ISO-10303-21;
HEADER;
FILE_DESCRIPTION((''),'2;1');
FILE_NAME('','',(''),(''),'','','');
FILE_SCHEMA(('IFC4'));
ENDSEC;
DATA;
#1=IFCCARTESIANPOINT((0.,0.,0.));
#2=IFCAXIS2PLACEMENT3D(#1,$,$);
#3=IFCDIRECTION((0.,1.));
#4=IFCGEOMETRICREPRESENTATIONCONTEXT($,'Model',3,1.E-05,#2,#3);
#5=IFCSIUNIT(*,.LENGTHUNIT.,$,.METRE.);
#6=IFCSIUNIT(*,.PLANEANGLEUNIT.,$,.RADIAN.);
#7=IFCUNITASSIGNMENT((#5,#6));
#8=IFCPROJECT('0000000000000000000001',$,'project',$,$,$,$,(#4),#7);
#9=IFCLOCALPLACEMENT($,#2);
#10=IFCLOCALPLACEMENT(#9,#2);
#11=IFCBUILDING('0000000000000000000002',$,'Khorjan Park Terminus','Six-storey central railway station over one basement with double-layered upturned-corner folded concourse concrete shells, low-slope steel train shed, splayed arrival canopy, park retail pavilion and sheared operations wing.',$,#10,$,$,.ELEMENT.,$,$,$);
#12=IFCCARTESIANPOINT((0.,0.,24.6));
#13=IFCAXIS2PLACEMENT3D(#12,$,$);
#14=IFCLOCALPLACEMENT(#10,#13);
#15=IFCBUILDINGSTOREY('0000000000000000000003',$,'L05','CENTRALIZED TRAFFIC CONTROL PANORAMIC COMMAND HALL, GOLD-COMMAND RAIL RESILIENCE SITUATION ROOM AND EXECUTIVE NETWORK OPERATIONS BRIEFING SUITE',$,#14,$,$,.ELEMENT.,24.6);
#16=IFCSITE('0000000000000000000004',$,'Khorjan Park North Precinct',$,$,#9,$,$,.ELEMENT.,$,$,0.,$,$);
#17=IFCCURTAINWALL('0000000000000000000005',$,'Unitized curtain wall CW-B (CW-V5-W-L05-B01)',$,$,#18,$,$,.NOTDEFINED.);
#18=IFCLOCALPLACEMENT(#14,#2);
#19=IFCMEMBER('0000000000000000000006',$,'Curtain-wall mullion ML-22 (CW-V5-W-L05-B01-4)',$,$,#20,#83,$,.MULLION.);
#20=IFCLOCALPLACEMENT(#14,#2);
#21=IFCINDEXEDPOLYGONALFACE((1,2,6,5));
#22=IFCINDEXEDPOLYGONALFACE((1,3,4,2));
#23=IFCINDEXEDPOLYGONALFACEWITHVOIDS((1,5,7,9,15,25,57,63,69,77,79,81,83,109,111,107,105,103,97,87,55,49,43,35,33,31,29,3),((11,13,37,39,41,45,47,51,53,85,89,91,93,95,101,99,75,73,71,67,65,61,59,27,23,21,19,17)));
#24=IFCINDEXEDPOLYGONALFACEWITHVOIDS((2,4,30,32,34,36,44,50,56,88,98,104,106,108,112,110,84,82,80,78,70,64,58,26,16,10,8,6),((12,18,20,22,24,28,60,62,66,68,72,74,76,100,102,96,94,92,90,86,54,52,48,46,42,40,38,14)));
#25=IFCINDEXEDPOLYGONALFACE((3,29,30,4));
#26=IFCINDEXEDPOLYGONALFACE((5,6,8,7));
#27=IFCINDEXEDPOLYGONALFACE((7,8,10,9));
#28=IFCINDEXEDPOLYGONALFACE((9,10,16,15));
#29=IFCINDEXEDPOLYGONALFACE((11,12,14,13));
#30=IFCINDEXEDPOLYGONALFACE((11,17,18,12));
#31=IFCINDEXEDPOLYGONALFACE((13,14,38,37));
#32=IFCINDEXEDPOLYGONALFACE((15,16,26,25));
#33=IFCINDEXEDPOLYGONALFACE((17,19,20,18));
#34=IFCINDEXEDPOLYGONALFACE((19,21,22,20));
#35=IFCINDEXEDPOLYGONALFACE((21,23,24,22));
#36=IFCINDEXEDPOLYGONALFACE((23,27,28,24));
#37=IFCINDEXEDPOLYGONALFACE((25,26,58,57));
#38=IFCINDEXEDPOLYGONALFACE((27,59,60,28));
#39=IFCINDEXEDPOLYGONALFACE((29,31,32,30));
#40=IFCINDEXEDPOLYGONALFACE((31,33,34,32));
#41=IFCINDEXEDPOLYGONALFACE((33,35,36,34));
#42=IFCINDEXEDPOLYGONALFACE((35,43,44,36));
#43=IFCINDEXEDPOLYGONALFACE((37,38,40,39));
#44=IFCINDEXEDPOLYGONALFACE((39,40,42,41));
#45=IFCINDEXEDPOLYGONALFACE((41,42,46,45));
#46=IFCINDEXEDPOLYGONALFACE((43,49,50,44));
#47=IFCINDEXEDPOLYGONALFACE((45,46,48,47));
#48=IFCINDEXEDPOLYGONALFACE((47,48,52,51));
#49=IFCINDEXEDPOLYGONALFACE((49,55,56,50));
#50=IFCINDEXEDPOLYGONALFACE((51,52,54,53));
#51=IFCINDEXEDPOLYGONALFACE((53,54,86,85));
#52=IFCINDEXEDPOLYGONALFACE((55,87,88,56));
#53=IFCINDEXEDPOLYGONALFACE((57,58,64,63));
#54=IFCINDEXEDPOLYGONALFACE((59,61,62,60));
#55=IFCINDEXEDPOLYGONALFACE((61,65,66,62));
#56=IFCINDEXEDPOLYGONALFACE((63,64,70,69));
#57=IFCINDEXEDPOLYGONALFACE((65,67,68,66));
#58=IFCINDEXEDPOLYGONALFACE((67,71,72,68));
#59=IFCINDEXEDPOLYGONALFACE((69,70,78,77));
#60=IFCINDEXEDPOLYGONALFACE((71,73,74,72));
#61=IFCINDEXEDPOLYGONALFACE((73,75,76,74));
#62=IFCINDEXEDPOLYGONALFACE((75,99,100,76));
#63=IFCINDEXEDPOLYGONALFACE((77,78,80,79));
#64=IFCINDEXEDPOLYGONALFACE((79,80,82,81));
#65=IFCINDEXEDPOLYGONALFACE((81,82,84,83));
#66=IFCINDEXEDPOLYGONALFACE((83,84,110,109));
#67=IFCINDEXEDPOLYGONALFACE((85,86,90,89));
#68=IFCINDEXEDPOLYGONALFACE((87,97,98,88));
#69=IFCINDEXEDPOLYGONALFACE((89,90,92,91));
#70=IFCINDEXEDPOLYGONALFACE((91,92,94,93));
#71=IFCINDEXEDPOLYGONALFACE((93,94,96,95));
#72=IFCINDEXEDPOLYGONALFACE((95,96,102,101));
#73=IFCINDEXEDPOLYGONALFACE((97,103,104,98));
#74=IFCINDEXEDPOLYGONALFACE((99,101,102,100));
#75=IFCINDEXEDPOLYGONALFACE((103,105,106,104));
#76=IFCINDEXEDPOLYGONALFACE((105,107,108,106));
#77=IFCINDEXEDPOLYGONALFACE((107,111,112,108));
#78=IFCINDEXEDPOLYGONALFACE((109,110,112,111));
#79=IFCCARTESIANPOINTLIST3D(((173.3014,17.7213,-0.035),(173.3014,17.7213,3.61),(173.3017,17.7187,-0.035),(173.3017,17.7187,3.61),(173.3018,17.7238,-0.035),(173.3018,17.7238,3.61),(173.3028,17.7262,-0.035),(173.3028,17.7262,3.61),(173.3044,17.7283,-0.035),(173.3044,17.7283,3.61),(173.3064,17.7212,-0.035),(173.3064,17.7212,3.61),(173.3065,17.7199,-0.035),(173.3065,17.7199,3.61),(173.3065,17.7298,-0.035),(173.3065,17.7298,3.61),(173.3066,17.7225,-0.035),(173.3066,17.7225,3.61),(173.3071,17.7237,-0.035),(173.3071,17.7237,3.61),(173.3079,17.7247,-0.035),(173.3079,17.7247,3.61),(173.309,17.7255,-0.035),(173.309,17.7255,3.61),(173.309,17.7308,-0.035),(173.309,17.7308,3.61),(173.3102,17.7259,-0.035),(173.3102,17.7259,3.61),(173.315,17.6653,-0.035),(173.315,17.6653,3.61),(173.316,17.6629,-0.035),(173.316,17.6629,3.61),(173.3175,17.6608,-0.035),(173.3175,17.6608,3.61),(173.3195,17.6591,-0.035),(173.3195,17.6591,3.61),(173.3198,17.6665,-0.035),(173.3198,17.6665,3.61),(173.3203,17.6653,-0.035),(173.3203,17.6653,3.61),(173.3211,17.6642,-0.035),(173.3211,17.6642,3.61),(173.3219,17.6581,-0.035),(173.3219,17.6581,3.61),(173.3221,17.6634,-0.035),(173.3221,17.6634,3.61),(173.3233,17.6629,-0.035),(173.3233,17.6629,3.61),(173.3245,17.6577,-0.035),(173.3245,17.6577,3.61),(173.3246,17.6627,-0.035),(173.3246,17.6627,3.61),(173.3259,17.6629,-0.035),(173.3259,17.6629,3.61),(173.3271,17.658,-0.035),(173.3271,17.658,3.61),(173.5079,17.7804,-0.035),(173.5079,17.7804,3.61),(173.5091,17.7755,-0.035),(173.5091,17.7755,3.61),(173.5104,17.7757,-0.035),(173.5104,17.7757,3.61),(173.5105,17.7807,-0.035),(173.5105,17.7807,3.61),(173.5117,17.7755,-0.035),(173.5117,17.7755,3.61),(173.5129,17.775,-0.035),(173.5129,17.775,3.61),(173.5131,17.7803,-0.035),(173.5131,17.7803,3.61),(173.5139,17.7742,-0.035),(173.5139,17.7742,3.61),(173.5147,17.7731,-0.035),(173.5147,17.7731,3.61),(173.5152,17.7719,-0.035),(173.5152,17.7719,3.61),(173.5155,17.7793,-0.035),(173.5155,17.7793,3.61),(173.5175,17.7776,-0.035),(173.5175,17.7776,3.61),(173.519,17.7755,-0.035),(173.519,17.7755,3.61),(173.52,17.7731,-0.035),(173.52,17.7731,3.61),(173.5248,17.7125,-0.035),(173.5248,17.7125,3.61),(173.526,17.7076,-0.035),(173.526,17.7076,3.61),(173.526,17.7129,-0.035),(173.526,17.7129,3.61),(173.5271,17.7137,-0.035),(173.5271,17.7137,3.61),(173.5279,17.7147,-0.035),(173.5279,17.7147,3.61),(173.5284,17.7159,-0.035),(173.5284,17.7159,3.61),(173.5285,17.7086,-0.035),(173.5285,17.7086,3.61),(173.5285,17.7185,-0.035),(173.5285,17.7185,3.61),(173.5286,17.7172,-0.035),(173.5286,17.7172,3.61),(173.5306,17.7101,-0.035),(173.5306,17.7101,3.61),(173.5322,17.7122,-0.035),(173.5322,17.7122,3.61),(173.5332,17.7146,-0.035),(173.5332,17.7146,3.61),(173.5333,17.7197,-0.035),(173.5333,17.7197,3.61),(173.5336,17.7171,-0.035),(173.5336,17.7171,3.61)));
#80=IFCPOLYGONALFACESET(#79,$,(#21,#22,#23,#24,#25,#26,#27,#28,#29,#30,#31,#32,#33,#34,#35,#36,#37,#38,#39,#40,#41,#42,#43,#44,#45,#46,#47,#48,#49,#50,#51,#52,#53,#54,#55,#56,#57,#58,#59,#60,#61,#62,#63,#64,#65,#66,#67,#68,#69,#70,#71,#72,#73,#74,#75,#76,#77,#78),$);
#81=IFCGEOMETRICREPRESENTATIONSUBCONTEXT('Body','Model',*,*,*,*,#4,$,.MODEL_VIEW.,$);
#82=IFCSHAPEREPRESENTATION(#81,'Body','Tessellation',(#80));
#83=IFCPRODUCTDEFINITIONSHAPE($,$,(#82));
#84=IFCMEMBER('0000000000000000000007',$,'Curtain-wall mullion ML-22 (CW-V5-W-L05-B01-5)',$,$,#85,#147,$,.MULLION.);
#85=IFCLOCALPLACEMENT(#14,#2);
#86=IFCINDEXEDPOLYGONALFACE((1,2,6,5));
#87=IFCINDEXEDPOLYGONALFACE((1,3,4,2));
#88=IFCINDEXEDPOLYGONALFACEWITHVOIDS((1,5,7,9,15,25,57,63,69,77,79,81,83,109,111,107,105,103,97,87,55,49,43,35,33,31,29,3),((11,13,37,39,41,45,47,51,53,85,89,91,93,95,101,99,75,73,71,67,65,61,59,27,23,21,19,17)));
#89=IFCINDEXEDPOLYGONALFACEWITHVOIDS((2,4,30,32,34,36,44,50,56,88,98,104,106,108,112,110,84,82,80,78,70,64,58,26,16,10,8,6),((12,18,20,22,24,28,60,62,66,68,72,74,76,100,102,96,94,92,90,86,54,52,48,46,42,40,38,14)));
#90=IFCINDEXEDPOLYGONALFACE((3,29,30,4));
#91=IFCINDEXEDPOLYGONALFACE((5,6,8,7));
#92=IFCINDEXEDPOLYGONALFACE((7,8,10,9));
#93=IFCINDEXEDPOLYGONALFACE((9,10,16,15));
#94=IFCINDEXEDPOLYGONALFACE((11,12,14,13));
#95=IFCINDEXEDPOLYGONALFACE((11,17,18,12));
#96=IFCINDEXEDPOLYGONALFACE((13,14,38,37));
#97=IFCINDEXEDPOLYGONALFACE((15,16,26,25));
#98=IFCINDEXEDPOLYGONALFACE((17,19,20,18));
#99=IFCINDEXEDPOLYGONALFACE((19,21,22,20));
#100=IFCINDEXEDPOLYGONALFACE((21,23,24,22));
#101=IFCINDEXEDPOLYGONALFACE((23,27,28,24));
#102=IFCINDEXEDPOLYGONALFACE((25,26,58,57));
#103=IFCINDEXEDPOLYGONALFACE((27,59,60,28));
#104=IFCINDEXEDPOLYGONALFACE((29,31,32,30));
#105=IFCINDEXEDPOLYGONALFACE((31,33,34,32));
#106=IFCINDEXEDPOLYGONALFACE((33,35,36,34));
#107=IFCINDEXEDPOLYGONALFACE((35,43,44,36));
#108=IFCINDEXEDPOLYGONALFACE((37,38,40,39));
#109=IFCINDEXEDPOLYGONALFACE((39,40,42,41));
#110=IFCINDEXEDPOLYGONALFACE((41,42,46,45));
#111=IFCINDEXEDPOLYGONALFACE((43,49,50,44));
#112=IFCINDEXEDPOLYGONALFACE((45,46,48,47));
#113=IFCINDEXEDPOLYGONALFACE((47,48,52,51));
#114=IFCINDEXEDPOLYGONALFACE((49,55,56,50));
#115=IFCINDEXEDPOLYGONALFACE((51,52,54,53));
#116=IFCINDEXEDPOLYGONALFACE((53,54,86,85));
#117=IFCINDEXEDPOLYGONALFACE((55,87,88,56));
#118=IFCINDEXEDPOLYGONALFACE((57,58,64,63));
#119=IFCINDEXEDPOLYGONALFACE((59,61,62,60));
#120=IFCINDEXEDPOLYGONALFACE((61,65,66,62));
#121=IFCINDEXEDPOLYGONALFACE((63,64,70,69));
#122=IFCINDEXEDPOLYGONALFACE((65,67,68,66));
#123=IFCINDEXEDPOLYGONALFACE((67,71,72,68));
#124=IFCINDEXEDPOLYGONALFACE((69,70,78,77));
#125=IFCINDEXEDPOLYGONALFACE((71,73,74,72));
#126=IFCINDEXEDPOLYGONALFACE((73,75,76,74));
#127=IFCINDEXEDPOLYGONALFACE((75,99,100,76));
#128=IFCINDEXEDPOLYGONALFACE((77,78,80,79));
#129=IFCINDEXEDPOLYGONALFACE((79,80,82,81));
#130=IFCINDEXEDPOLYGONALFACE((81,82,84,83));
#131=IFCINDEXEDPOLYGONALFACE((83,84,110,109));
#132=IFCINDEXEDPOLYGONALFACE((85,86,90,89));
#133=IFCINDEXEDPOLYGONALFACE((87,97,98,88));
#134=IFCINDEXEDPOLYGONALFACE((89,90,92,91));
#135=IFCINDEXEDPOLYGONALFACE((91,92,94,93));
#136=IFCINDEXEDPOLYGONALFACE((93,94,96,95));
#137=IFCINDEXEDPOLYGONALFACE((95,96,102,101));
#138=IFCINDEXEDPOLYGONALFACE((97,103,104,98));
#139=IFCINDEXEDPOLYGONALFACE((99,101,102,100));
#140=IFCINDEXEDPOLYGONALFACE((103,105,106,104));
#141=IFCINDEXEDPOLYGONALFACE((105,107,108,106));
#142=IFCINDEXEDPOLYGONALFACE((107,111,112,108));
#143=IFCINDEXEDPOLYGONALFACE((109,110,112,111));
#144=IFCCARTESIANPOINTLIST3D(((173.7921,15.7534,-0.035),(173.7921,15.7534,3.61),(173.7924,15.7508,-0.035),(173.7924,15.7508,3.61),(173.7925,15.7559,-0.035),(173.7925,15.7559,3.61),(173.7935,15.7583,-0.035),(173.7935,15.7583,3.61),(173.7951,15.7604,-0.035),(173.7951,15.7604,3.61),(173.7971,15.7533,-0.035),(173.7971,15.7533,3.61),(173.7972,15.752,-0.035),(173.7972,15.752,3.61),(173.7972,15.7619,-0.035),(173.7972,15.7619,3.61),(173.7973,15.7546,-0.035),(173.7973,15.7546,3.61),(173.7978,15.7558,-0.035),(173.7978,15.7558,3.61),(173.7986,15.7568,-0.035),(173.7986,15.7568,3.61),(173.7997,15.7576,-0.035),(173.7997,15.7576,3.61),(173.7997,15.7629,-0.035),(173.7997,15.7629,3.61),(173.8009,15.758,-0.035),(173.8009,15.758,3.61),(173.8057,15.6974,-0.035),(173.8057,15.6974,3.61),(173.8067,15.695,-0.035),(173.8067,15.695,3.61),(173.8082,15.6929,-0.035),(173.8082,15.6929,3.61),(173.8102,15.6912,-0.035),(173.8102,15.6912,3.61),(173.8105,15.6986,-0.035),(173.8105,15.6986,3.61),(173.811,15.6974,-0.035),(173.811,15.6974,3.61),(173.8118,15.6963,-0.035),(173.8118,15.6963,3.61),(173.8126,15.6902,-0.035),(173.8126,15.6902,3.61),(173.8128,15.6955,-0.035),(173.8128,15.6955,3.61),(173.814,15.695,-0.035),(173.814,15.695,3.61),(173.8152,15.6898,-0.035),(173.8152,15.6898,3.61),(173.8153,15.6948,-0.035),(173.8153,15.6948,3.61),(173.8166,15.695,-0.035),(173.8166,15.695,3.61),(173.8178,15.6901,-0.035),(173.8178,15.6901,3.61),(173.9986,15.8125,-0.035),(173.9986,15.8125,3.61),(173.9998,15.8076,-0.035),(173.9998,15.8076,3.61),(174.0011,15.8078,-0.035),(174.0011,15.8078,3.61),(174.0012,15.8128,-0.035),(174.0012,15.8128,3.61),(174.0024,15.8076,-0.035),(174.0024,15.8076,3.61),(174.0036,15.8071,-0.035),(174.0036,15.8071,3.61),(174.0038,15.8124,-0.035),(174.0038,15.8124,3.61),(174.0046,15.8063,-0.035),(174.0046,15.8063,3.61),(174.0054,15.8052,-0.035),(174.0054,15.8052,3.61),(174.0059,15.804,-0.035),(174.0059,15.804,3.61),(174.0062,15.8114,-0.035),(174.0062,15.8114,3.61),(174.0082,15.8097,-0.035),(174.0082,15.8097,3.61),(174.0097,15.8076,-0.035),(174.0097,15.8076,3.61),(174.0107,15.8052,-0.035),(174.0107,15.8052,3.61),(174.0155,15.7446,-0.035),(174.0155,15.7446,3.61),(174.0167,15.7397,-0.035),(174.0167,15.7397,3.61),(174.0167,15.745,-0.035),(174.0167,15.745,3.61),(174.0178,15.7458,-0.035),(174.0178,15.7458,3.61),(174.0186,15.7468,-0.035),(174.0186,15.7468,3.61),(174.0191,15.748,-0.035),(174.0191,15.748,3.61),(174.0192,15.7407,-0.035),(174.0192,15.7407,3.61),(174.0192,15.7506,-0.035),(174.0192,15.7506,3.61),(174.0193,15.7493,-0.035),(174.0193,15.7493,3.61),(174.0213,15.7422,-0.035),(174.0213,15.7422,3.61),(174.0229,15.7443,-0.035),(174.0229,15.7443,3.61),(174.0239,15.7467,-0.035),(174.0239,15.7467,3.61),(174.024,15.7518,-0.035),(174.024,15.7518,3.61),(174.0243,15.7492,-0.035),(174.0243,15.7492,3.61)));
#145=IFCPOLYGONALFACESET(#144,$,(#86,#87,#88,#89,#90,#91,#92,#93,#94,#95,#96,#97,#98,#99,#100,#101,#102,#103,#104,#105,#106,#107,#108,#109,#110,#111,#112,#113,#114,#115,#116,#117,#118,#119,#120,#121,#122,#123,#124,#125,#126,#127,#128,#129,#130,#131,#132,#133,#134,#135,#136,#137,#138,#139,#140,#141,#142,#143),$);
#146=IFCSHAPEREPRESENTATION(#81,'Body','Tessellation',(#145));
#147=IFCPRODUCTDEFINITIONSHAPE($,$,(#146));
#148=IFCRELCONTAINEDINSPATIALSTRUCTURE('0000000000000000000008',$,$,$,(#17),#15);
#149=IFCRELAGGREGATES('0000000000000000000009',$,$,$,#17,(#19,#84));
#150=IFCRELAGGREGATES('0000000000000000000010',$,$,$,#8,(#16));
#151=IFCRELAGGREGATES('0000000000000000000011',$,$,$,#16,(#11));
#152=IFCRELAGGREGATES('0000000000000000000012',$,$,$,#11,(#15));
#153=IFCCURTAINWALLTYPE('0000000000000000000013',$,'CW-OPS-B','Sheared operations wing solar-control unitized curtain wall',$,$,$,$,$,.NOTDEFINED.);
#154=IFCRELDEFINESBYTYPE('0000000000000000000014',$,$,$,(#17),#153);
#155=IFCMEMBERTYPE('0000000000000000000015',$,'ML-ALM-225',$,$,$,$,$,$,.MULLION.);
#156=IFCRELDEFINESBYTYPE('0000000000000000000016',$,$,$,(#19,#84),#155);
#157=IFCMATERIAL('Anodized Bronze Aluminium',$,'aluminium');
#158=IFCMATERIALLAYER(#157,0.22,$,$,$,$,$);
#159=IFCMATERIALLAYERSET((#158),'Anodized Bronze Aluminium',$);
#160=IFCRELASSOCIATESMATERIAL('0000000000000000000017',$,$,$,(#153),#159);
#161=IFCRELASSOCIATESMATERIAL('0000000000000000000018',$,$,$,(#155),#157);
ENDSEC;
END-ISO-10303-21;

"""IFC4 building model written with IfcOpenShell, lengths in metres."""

from ifc_helpers import new_model, si_unit, direction, frame, origin, origin_2d, place, context, subcontext, project, spatial, hollow_rectangle, extrude, material, layer, layer_set, material_profile, profile_set, type_object, element, aggregate, save


model = new_model("IFC4")

# Units and contexts
model_context = context("Model", 3, precision=1e-05, world=origin(), true_north=direction((0.0, 1.0)))
body_context = subcontext(model_context, "Body", "Model", "MODEL_VIEW")
ifc_project = project(units=[si_unit("LENGTHUNIT", "METRE"), si_unit("PLANEANGLEUNIT", "RADIAN")], contexts=[model_context])

# Site, building, storey
site_placement = place(None, origin())
site = spatial("IfcSite", under=ifc_project, at=site_placement, Name="Khorjan Park North Precinct", CompositionType="ELEMENT", RefElevation=0.0)
building_placement = place(site_placement, origin())
building = spatial("IfcBuilding", under=site, at=building_placement, Name="Khorjan Park Terminus", Description="Six-storey central railway station over one basement with double-layered upturned-corner folded concourse concrete shells, low-slope steel train shed, splayed arrival canopy, park retail pavilion and sheared operations wing.", CompositionType="ELEMENT")
storey_placement = place(building_placement, frame((0.0, 0.0, 24.6)))
storey = spatial("IfcBuildingStorey", under=building, at=storey_placement, Name="L05", Description="CENTRALIZED TRAFFIC CONTROL PANORAMIC COMMAND HALL, GOLD-COMMAND RAIL RESILIENCE SITUATION ROOM AND EXECUTIVE NETWORK OPERATIONS BRIEFING SUITE", CompositionType="ELEMENT", Elevation=24.6)

# Shared definitions
ifc_material_1 = material(Name="Anodized Bronze Aluminium", Category="aluminium")
ifc_layer_1 = layer(ifc_material_1, 0.22)
ifc_layer_set_1 = layer_set([ifc_layer_1], Name="Anodized Bronze Aluminium")
curtain_wall_type = type_object("IfcCurtainWallType", Name="CW-OPS-B", Description="Sheared operations wing solar-control unitized curtain wall", PredefinedType="NOTDEFINED", material=ifc_layer_set_1)
ifc_material_profile_1 = material_profile(ifc_material_1, hollow_rectangle(XDim=0.075, YDim=0.225, WallThickness=0.005, InnerFilletRadius=0.005, OuterFilletRadius=0.01, at=origin_2d()), Name="ALM 75x225x5")
ifc_profile_set_1 = profile_set([ifc_material_profile_1], Name="Anodized Bronze Aluminium")
member_type_1 = type_object("IfcMemberType", Name="ML-ALM-225", PredefinedType="MULLION", material=ifc_profile_set_1)

# Curtain wall, members
curtain_wall_1_placement = place(storey_placement, origin())
curtain_wall_1 = element("IfcCurtainWall", 1, at=curtain_wall_1_placement, inside=storey, type_object=curtain_wall_type, Name="Unitized curtain wall CW-B (CW-V5-W-L05-B01)", PredefinedType="NOTDEFINED")
member_1_placement = place(storey_placement, frame((173.4175, 17.7192, -0.035), z_axis=(0.0, 0.0, 1.0), x_axis=(0.241928, -0.970294, 0.0)))
member_1 = element("IfcMember", 2, at=member_1_placement, type_object=member_type_1, Name="Curtain-wall mullion ML-22 (CW-V5-W-L05-B01-4)", PredefinedType="MULLION", context=body_context, shape_type="SweptSolid", body=[
    extrude(hollow_rectangle(XDim=0.075, YDim=0.225, WallThickness=0.005, InnerFilletRadius=0.005, OuterFilletRadius=0.01, at=origin_2d()), origin(), (0.0, 0.0, 1.0), 3.645),
])
member_2_placement = place(storey_placement, frame((173.9082, 15.7513, -0.035), z_axis=(0.0, 0.0, 1.0), x_axis=(0.241928, -0.970294, 0.0)))
member_2 = element("IfcMember", 3, at=member_2_placement, type_object=member_type_1, Name="Curtain-wall mullion ML-22 (CW-V5-W-L05-B01-5)", PredefinedType="MULLION", context=body_context, shape_type="SweptSolid", body=[
    extrude(hollow_rectangle(XDim=0.075, YDim=0.225, WallThickness=0.005, InnerFilletRadius=0.005, OuterFilletRadius=0.01, at=origin_2d()), origin(), (0.0, 0.0, 1.0), 3.645),
])

aggregate(curtain_wall_1, [member_1, member_2])

save(model, "model.ifc")
